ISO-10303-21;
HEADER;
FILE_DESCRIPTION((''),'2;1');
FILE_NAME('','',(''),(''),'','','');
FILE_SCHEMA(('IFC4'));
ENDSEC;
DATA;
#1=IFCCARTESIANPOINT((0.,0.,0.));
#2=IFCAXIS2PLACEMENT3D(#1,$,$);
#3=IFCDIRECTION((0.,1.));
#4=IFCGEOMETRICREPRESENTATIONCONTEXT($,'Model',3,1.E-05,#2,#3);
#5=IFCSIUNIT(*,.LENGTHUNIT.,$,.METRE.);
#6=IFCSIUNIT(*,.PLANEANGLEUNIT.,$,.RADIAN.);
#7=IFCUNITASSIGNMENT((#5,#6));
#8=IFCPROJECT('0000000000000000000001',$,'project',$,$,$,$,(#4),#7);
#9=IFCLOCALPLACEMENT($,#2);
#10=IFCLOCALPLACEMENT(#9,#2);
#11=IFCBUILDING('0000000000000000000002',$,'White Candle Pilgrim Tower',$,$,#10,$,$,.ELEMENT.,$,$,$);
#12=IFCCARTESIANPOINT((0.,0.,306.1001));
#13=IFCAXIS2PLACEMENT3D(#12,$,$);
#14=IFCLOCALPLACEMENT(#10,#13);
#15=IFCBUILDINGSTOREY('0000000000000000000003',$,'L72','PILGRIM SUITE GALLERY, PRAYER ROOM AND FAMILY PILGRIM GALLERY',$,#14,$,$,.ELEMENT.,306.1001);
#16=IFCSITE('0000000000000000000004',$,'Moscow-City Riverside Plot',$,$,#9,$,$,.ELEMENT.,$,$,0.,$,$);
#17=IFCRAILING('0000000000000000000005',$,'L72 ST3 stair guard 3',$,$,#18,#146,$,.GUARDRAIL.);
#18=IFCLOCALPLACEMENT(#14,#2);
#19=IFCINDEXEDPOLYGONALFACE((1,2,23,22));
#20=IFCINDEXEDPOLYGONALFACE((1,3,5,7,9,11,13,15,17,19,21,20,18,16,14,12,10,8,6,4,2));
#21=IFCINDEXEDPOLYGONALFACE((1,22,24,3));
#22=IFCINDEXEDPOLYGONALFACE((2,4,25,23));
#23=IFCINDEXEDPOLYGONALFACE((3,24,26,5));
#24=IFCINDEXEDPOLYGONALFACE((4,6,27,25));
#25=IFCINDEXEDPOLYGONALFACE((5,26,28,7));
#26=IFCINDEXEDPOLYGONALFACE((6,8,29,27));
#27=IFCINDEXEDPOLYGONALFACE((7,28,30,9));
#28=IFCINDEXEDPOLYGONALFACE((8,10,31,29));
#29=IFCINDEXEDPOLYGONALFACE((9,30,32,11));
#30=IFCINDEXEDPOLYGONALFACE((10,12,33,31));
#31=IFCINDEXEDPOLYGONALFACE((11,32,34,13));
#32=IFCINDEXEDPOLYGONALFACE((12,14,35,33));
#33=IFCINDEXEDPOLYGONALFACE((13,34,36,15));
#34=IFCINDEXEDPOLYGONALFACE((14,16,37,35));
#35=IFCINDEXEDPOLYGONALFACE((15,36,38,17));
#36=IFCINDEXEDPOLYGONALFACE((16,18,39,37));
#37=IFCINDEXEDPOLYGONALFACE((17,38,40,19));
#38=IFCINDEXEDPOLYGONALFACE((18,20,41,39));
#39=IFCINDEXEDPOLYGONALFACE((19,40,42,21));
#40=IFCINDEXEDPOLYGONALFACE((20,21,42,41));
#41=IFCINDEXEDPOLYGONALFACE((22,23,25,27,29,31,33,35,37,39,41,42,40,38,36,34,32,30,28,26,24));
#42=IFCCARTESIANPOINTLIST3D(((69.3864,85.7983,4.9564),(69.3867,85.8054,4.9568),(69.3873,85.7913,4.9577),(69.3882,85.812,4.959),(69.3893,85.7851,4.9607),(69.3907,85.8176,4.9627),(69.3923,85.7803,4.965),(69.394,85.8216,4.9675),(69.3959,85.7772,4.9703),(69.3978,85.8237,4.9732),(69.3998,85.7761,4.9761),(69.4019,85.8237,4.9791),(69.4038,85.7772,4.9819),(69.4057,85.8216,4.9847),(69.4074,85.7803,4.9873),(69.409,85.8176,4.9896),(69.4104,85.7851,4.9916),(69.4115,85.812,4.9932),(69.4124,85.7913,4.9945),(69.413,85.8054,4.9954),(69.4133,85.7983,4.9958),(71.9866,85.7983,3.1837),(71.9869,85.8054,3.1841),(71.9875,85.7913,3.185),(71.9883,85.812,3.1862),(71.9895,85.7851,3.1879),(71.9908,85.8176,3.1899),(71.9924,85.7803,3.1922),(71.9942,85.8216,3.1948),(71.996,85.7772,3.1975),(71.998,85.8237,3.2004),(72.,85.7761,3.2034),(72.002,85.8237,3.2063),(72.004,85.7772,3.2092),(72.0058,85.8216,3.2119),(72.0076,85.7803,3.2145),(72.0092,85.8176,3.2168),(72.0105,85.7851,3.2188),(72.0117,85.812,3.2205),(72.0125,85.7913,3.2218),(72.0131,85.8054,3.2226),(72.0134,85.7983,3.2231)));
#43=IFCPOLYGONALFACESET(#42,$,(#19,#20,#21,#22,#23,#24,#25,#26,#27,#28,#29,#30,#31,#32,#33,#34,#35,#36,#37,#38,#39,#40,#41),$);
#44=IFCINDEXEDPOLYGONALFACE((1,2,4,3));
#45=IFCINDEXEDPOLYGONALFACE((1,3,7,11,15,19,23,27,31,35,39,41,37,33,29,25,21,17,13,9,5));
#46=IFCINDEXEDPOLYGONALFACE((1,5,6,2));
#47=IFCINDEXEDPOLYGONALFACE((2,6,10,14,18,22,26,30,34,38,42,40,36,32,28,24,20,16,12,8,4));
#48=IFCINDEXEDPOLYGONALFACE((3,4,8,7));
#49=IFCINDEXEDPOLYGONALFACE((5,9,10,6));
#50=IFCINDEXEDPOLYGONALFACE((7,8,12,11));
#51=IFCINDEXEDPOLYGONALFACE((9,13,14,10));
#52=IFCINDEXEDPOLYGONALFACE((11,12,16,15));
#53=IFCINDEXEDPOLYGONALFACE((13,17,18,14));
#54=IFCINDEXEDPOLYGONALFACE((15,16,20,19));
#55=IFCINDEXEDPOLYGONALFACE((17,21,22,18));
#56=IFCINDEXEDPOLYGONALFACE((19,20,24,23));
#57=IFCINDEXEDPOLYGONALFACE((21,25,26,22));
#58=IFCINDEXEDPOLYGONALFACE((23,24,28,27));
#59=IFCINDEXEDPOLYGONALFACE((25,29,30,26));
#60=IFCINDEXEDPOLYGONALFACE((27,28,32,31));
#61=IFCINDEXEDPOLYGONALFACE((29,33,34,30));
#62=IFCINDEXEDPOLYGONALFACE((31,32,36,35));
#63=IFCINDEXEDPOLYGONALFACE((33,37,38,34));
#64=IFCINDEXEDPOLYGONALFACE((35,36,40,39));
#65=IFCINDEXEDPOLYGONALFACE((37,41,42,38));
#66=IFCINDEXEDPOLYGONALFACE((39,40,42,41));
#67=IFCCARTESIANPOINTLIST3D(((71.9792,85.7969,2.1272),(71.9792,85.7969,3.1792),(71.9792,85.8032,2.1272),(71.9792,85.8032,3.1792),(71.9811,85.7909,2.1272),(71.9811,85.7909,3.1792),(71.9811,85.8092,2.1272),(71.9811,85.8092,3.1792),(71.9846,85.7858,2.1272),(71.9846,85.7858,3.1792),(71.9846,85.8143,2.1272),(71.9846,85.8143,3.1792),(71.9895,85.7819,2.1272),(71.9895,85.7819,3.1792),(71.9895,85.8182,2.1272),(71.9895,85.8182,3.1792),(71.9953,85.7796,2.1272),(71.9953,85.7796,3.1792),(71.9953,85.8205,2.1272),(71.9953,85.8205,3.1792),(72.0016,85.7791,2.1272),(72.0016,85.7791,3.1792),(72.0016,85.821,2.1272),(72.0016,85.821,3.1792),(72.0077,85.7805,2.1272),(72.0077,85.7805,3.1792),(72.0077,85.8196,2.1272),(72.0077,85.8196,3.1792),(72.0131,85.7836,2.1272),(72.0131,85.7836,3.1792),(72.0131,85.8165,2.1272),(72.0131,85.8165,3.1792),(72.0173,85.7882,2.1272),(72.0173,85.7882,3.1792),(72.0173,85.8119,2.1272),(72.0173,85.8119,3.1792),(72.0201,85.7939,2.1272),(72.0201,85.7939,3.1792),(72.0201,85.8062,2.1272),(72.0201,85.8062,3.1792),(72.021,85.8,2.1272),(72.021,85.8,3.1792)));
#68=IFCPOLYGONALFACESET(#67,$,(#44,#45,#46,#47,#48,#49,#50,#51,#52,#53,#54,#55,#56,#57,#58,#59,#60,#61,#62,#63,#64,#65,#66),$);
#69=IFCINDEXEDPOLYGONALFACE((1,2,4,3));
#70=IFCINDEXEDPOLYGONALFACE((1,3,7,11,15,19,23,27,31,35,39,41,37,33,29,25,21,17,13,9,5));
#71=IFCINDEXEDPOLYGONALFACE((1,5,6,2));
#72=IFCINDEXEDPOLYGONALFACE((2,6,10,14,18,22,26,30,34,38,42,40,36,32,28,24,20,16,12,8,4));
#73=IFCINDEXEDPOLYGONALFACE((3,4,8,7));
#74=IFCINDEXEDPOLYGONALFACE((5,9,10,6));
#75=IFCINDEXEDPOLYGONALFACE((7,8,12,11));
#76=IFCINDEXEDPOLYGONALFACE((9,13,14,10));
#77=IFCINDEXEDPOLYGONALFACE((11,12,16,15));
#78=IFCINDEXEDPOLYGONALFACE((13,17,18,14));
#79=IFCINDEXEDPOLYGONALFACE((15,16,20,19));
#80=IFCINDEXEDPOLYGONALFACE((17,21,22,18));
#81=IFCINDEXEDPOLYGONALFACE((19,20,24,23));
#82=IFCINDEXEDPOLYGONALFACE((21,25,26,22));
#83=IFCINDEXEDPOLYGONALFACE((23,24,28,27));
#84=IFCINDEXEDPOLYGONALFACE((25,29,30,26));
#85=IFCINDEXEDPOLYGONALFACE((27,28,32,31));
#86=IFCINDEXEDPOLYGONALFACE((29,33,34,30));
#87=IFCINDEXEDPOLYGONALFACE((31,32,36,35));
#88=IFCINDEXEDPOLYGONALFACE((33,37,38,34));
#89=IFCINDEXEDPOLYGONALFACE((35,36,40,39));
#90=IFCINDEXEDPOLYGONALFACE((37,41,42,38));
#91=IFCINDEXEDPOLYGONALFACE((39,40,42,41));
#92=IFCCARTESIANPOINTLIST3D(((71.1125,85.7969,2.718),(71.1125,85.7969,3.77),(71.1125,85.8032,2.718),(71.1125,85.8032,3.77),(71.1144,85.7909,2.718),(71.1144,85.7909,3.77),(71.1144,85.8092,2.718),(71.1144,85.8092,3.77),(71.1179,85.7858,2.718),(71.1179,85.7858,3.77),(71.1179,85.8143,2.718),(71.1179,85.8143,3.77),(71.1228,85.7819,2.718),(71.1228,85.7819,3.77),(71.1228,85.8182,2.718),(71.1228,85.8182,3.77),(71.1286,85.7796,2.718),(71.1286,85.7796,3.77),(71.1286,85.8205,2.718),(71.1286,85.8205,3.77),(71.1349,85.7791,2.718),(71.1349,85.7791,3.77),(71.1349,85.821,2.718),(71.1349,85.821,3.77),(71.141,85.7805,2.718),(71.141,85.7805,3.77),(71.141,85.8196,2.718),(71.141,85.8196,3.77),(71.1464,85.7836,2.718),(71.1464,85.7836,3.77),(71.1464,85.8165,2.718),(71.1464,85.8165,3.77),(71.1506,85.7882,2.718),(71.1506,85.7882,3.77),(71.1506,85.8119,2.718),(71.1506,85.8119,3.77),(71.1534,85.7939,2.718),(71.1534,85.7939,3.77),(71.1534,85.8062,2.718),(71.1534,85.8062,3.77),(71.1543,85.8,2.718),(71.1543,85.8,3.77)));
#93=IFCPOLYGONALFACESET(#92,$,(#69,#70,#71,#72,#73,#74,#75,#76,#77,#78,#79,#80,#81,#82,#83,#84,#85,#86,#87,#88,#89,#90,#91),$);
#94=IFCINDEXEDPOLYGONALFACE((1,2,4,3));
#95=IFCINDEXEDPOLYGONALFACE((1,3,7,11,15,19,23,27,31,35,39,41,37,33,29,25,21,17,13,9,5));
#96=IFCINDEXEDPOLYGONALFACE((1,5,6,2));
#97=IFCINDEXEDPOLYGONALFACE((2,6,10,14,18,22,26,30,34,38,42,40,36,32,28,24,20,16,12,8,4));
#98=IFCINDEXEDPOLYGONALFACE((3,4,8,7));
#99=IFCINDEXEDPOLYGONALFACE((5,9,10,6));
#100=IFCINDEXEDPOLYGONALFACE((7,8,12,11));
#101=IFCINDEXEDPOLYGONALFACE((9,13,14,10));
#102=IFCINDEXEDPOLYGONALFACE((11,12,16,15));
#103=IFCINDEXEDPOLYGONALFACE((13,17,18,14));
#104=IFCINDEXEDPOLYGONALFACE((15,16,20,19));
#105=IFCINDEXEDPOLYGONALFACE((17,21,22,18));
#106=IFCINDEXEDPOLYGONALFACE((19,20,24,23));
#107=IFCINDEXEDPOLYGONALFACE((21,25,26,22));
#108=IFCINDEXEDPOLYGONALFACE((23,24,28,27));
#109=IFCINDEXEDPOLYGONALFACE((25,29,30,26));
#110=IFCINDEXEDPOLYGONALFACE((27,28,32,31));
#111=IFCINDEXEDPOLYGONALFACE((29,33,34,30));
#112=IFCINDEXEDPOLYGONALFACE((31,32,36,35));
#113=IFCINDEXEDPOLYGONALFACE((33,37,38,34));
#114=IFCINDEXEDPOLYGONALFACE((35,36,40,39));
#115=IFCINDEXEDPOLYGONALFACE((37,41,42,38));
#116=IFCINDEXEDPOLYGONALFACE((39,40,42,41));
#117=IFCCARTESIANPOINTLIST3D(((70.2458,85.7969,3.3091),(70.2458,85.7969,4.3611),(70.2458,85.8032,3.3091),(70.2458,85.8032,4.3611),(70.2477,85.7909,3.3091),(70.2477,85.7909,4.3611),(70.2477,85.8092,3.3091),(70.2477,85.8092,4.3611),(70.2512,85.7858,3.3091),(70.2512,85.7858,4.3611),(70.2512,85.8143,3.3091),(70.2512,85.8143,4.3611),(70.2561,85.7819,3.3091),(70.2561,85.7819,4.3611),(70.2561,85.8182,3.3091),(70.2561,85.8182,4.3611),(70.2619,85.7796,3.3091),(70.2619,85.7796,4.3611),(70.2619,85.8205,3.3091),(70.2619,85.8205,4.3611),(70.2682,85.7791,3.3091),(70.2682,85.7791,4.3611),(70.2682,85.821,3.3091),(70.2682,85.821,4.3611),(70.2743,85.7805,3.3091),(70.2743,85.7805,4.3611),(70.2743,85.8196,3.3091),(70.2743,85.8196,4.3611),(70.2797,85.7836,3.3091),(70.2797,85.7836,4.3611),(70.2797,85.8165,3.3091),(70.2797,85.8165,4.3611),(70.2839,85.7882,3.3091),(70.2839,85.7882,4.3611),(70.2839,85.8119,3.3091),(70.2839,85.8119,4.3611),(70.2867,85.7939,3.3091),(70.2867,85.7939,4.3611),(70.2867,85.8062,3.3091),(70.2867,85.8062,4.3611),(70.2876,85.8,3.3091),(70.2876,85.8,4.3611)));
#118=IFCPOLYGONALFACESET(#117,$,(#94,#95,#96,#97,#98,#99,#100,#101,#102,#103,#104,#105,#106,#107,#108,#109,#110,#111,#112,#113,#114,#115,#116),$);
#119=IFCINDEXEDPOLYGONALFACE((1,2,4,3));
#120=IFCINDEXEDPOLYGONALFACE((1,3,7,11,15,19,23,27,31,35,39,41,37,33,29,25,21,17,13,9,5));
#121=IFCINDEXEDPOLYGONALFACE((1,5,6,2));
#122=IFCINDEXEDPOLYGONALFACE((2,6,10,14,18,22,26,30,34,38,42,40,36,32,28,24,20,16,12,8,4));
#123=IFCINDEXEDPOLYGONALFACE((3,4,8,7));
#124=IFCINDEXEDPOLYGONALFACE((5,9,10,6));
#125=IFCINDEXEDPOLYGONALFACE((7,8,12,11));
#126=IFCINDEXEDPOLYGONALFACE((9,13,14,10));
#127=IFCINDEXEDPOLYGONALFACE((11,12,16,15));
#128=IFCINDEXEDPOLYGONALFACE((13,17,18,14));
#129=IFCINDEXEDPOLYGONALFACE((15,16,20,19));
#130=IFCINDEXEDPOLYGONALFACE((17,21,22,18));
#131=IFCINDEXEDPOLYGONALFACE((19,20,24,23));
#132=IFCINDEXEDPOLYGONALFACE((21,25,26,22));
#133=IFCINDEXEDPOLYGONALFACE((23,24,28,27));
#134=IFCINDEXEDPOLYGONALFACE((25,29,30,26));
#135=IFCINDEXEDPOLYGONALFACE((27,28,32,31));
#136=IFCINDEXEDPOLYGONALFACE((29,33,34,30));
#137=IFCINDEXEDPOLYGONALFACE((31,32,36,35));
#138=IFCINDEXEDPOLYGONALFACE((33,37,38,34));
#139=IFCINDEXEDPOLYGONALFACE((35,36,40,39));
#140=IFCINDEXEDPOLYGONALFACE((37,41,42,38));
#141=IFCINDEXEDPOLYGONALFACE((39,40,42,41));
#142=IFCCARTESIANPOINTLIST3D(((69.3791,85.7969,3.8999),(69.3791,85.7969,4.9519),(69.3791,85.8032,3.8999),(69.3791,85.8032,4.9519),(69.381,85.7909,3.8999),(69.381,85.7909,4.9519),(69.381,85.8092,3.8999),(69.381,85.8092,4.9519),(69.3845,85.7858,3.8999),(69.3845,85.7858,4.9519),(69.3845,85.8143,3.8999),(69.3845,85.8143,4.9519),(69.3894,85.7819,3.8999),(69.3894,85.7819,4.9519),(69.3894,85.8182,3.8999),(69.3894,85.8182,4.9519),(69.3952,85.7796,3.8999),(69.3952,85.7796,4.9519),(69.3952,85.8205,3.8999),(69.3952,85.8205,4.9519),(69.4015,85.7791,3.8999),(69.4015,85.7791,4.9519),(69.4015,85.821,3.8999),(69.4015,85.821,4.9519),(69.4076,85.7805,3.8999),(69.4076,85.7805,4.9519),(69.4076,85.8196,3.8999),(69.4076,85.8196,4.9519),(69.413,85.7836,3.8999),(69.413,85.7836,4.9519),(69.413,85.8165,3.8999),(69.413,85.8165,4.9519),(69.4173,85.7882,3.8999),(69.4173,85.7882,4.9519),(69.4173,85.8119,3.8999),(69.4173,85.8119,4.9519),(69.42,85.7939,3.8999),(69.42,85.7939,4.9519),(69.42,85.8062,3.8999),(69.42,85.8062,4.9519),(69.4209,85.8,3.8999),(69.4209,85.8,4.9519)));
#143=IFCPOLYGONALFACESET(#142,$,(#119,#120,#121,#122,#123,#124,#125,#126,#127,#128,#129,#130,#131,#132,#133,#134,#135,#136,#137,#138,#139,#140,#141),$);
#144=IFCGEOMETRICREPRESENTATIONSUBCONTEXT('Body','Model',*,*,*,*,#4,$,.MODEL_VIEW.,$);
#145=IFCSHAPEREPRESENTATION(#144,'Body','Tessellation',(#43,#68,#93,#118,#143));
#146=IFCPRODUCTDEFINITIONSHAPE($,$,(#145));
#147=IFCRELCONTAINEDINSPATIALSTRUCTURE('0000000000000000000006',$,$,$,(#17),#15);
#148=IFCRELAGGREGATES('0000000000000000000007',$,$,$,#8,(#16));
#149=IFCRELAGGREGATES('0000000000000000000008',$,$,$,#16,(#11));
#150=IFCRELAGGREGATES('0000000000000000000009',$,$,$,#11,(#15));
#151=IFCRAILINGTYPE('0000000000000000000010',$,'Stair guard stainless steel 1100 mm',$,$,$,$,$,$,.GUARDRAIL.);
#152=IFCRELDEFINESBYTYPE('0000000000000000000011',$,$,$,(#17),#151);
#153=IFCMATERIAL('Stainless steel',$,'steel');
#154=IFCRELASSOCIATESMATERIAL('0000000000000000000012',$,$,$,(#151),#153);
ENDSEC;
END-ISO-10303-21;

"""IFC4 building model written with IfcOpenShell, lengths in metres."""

from ifc_helpers import new_model, si_unit, direction, frame, origin, origin_2d, place, context, subcontext, project, spatial, circle, extrude, material, type_object, element, save


model = new_model("IFC4")

# Units and contexts
model_context = context("Model", 3, precision=1e-05, world=origin(), true_north=direction((0.0, 1.0)))
body_context = subcontext(model_context, "Body", "Model", "MODEL_VIEW")
ifc_project = project(units=[si_unit("LENGTHUNIT", "METRE"), si_unit("PLANEANGLEUNIT", "RADIAN")], contexts=[model_context])

# Site, building, storey
site_placement = place(None, origin())
site = spatial("IfcSite", under=ifc_project, at=site_placement, Name="Moscow-City Riverside Plot", CompositionType="ELEMENT", RefElevation=0.0)
building_placement = place(site_placement, origin())
building = spatial("IfcBuilding", under=site, at=building_placement, Name="White Candle Pilgrim Tower", CompositionType="ELEMENT")
storey_placement = place(building_placement, frame((0.0, 0.0, 306.1001)))
storey = spatial("IfcBuildingStorey", under=building, at=storey_placement, Name="L72", Description="PILGRIM SUITE GALLERY, PRAYER ROOM AND FAMILY PILGRIM GALLERY", CompositionType="ELEMENT", Elevation=306.1001)

# Railing
ifc_material_1 = material(Name="Stainless steel", Category="steel")
railing_type_1 = type_object("IfcRailingType", Name="Stair guard stainless steel 1100 mm", PredefinedType="GUARDRAIL", material=ifc_material_1)
railing_1_placement = place(storey_placement, frame((72.0, 85.8, 2.1272)))
element("IfcRailing", 1, at=railing_1_placement, inside=storey, type_object=railing_type_1, Name="L72 ST3 stair guard 3", PredefinedType="GUARDRAIL", context=body_context, shape_type="SweptSolid", body=[
    extrude(circle(Radius=0.0239, at=origin_2d()), frame((0.0, 0.0, 1.0762), z_axis=(-0.82624, 0.0, 0.563318), x_axis=(0.0, -1.0, 0.0)), (0.0, 0.0, 1.0), 3.147),
    extrude(circle(Radius=0.021, at=origin_2d()), origin(), (0.0, 0.0, 1.0), 1.052),
    extrude(circle(Radius=0.021, at=origin_2d()), frame((-0.8667, 0.0, 0.5908)), (0.0, 0.0, 1.0), 1.052),
    extrude(circle(Radius=0.021, at=origin_2d()), frame((-1.7334, 0.0, 1.1819)), (0.0, 0.0, 1.0), 1.052),
    extrude(circle(Radius=0.021, at=origin_2d()), frame((-2.6001, 0.0, 1.7727)), (0.0, 0.0, 1.0), 1.052),
])

save(model, "model.ifc")
